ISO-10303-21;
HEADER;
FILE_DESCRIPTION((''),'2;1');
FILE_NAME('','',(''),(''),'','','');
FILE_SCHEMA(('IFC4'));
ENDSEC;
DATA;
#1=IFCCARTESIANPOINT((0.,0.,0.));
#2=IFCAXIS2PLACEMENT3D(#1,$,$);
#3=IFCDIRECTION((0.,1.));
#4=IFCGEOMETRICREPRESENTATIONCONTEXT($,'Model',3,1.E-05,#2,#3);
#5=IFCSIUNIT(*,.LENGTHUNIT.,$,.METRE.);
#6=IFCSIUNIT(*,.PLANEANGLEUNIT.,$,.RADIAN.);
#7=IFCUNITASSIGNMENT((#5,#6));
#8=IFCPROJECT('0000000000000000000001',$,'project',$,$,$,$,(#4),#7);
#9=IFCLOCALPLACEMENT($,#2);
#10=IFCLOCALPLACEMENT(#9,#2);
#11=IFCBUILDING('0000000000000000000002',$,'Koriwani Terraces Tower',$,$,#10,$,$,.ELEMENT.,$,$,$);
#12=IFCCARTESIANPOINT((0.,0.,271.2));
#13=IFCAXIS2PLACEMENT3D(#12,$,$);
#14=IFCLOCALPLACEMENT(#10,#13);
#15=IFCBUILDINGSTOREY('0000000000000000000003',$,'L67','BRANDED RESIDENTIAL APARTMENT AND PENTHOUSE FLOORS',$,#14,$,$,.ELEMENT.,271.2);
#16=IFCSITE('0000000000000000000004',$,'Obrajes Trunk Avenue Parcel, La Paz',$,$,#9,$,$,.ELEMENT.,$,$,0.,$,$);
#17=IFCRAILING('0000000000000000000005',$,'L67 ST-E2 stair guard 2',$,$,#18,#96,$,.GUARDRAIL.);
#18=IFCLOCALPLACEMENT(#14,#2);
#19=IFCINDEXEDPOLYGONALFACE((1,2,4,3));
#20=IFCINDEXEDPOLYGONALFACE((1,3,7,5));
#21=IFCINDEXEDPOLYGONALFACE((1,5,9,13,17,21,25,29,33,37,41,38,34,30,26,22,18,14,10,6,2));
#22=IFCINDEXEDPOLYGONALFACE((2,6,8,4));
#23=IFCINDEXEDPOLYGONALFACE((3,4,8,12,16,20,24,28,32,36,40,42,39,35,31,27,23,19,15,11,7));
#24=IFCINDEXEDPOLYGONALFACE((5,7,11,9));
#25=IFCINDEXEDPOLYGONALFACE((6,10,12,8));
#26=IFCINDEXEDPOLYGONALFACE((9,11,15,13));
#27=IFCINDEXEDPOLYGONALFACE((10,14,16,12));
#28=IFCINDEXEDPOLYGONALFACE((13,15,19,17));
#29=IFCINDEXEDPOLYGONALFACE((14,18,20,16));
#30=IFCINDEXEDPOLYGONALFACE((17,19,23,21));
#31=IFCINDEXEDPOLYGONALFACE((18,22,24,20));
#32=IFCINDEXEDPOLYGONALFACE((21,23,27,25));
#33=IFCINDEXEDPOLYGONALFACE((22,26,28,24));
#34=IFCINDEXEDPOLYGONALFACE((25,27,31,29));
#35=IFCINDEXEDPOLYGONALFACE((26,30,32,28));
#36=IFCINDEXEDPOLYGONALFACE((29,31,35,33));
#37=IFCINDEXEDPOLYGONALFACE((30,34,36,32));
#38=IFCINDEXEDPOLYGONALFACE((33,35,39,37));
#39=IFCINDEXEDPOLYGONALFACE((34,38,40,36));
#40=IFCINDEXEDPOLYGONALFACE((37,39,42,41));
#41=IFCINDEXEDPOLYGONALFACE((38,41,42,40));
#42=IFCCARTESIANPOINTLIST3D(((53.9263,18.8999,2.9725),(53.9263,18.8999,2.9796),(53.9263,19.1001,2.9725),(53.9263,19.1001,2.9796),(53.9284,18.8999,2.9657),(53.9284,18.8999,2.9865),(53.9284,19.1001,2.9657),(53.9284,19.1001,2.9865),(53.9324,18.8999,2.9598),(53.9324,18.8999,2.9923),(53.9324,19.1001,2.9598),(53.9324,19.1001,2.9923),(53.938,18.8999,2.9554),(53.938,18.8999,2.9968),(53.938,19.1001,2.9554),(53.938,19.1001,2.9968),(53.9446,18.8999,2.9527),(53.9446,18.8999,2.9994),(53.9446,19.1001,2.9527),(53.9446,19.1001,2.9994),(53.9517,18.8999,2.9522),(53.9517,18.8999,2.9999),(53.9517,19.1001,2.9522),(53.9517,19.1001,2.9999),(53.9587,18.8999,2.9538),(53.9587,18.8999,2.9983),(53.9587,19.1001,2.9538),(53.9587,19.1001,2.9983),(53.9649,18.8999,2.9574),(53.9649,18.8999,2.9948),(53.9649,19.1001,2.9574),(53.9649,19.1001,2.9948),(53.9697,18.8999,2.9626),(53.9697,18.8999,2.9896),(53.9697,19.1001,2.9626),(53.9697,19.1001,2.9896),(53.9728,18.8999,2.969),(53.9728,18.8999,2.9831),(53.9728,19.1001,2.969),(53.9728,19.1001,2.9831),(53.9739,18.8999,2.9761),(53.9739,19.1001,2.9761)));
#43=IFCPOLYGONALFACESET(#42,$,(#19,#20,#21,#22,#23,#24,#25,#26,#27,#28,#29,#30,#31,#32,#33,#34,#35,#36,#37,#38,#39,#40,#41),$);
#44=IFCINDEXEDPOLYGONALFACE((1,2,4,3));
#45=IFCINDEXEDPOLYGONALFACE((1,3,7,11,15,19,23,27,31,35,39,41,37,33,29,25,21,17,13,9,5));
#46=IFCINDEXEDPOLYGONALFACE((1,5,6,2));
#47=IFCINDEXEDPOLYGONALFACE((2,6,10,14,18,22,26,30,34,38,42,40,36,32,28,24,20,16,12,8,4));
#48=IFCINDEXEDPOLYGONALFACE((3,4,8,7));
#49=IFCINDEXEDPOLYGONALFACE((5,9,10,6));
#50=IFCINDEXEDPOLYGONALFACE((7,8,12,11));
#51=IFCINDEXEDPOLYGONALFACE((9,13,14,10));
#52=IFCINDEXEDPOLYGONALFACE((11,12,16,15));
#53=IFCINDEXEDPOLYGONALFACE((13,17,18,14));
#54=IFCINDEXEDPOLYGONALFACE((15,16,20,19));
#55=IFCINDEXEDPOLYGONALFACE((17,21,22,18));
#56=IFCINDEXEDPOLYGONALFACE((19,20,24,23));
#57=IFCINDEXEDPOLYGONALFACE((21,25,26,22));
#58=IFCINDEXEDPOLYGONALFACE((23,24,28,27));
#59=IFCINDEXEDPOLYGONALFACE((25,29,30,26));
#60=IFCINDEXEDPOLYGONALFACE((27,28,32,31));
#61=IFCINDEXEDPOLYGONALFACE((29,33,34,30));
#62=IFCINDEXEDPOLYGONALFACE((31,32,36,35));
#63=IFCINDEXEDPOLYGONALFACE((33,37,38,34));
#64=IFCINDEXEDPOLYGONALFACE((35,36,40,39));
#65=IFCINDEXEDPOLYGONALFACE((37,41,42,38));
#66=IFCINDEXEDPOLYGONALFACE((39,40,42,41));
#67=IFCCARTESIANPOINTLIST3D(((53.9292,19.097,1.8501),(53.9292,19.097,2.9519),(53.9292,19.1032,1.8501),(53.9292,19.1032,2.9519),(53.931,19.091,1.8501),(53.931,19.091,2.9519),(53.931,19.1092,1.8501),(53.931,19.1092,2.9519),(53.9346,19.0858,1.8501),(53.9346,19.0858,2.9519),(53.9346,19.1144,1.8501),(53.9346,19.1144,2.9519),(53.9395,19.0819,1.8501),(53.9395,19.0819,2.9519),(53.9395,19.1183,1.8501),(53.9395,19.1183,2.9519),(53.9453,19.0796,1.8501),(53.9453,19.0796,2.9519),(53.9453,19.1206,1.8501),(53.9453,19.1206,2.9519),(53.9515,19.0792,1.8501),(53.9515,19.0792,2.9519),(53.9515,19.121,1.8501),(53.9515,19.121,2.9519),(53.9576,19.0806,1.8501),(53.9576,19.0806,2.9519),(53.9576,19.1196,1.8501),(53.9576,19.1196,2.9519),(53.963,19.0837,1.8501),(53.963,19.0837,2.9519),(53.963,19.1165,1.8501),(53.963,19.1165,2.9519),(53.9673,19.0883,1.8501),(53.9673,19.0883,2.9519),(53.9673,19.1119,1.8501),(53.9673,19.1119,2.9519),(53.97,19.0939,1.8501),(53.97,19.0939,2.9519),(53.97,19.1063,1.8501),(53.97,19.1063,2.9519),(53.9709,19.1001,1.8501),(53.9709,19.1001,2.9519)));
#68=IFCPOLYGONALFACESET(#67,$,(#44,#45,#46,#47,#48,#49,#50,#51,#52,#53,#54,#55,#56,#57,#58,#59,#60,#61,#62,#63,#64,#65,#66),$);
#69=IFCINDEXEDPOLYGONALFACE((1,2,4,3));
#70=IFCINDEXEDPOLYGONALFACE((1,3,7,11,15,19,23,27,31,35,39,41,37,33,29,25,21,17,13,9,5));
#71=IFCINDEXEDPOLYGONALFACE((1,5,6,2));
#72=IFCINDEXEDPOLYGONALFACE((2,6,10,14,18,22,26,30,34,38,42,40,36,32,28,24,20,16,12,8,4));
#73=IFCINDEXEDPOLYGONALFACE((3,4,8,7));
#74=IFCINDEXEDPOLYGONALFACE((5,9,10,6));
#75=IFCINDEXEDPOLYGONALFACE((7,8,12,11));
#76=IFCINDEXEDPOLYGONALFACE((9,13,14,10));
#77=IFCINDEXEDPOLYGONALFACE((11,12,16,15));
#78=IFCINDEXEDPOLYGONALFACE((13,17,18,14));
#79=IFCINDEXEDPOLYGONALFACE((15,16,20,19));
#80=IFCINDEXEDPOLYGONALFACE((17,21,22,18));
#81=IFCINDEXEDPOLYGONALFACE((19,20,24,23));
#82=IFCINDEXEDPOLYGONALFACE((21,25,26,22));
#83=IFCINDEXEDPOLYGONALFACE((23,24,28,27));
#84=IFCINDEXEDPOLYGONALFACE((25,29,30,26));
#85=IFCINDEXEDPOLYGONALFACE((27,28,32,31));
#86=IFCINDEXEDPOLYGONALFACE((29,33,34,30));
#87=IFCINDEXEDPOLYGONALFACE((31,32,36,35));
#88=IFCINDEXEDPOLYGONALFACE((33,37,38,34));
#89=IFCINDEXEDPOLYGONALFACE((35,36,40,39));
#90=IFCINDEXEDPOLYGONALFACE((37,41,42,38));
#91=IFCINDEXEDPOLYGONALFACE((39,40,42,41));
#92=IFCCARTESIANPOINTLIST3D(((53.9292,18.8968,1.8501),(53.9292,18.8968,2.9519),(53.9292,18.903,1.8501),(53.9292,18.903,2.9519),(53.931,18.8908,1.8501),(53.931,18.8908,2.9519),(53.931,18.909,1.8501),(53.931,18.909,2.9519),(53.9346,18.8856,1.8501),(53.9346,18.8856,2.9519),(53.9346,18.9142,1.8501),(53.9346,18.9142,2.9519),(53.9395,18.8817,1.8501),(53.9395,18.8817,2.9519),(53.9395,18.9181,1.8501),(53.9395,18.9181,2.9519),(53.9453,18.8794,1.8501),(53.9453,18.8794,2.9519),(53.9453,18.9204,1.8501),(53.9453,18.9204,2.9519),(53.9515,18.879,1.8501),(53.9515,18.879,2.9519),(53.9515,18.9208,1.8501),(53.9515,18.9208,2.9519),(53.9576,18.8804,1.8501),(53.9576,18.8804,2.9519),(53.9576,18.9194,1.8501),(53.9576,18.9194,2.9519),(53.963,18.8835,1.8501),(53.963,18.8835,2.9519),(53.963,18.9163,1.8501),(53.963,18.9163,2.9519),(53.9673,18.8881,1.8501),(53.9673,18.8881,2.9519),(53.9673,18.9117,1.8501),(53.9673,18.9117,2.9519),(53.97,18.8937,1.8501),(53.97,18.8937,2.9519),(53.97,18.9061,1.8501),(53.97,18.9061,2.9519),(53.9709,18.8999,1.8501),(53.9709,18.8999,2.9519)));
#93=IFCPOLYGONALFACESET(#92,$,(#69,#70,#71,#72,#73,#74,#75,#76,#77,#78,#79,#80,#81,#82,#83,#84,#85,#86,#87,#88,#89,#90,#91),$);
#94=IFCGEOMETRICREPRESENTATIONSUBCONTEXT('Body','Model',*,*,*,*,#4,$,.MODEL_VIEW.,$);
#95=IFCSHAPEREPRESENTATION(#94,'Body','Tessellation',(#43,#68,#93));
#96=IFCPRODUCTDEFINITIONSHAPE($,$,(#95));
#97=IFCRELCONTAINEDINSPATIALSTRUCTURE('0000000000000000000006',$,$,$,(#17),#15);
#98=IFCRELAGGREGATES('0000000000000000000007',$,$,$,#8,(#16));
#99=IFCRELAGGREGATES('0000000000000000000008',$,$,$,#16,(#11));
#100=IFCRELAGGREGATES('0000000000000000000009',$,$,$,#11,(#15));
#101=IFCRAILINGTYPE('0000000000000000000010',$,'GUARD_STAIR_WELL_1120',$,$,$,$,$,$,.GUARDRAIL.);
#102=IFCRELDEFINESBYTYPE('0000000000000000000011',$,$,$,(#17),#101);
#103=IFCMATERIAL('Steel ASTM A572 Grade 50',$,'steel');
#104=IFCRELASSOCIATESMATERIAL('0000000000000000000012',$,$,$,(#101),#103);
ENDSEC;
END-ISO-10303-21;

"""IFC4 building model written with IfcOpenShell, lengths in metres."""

from ifc_helpers import new_model, si_unit, direction, frame, origin, origin_2d, place, context, subcontext, project, spatial, circle, extrude, material, type_object, element, save


model = new_model("IFC4")

# Units and contexts
model_context = context("Model", 3, precision=1e-05, world=origin(), true_north=direction((0.0, 1.0)))
body_context = subcontext(model_context, "Body", "Model", "MODEL_VIEW")
ifc_project = project(units=[si_unit("LENGTHUNIT", "METRE"), si_unit("PLANEANGLEUNIT", "RADIAN")], contexts=[model_context])

# Site, building, storey
site_placement = place(None, origin())
site = spatial("IfcSite", under=ifc_project, at=site_placement, Name="Obrajes Trunk Avenue Parcel, La Paz", CompositionType="ELEMENT", RefElevation=0.0)
building_placement = place(site_placement, origin())
building = spatial("IfcBuilding", under=site, at=building_placement, Name="Koriwani Terraces Tower", CompositionType="ELEMENT")
storey_placement = place(building_placement, frame((0.0, 0.0, 271.2)))
storey = spatial("IfcBuildingStorey", under=building, at=storey_placement, Name="L67", Description="BRANDED RESIDENTIAL APARTMENT AND PENTHOUSE FLOORS", CompositionType="ELEMENT", Elevation=271.2)

# Shared definitions
ifc_material_1 = material(Name="Steel ASTM A572 Grade 50", Category="steel")

# Railing
railing_type_1 = type_object("IfcRailingType", Name="GUARD_STAIR_WELL_1120", PredefinedType="GUARDRAIL", material=ifc_material_1)
railing_1_placement = place(storey_placement, frame((53.95, 19.1001, 1.8501)))
element("IfcRailing", 1, at=railing_1_placement, inside=storey, type_object=railing_type_1, Name="L67 ST-E2 stair guard 2", PredefinedType="GUARDRAIL", context=body_context, shape_type="SweptSolid", body=[
    extrude(circle(Radius=0.0239, at=origin_2d()), frame((0.0, 0.0, 1.126), z_axis=(0.0, -1.0, 0.0), x_axis=(1.0, 0.0, 0.0)), (0.0, 0.0, 1.0), 0.2002),
    extrude(circle(Radius=0.021, at=origin_2d()), origin(), (0.0, 0.0, 1.0), 1.1018),
    extrude(circle(Radius=0.021, at=origin_2d()), frame((0.0, -0.2002, 0.0)), (0.0, 0.0, 1.0), 1.1018),
])

save(model, "model.ifc")
